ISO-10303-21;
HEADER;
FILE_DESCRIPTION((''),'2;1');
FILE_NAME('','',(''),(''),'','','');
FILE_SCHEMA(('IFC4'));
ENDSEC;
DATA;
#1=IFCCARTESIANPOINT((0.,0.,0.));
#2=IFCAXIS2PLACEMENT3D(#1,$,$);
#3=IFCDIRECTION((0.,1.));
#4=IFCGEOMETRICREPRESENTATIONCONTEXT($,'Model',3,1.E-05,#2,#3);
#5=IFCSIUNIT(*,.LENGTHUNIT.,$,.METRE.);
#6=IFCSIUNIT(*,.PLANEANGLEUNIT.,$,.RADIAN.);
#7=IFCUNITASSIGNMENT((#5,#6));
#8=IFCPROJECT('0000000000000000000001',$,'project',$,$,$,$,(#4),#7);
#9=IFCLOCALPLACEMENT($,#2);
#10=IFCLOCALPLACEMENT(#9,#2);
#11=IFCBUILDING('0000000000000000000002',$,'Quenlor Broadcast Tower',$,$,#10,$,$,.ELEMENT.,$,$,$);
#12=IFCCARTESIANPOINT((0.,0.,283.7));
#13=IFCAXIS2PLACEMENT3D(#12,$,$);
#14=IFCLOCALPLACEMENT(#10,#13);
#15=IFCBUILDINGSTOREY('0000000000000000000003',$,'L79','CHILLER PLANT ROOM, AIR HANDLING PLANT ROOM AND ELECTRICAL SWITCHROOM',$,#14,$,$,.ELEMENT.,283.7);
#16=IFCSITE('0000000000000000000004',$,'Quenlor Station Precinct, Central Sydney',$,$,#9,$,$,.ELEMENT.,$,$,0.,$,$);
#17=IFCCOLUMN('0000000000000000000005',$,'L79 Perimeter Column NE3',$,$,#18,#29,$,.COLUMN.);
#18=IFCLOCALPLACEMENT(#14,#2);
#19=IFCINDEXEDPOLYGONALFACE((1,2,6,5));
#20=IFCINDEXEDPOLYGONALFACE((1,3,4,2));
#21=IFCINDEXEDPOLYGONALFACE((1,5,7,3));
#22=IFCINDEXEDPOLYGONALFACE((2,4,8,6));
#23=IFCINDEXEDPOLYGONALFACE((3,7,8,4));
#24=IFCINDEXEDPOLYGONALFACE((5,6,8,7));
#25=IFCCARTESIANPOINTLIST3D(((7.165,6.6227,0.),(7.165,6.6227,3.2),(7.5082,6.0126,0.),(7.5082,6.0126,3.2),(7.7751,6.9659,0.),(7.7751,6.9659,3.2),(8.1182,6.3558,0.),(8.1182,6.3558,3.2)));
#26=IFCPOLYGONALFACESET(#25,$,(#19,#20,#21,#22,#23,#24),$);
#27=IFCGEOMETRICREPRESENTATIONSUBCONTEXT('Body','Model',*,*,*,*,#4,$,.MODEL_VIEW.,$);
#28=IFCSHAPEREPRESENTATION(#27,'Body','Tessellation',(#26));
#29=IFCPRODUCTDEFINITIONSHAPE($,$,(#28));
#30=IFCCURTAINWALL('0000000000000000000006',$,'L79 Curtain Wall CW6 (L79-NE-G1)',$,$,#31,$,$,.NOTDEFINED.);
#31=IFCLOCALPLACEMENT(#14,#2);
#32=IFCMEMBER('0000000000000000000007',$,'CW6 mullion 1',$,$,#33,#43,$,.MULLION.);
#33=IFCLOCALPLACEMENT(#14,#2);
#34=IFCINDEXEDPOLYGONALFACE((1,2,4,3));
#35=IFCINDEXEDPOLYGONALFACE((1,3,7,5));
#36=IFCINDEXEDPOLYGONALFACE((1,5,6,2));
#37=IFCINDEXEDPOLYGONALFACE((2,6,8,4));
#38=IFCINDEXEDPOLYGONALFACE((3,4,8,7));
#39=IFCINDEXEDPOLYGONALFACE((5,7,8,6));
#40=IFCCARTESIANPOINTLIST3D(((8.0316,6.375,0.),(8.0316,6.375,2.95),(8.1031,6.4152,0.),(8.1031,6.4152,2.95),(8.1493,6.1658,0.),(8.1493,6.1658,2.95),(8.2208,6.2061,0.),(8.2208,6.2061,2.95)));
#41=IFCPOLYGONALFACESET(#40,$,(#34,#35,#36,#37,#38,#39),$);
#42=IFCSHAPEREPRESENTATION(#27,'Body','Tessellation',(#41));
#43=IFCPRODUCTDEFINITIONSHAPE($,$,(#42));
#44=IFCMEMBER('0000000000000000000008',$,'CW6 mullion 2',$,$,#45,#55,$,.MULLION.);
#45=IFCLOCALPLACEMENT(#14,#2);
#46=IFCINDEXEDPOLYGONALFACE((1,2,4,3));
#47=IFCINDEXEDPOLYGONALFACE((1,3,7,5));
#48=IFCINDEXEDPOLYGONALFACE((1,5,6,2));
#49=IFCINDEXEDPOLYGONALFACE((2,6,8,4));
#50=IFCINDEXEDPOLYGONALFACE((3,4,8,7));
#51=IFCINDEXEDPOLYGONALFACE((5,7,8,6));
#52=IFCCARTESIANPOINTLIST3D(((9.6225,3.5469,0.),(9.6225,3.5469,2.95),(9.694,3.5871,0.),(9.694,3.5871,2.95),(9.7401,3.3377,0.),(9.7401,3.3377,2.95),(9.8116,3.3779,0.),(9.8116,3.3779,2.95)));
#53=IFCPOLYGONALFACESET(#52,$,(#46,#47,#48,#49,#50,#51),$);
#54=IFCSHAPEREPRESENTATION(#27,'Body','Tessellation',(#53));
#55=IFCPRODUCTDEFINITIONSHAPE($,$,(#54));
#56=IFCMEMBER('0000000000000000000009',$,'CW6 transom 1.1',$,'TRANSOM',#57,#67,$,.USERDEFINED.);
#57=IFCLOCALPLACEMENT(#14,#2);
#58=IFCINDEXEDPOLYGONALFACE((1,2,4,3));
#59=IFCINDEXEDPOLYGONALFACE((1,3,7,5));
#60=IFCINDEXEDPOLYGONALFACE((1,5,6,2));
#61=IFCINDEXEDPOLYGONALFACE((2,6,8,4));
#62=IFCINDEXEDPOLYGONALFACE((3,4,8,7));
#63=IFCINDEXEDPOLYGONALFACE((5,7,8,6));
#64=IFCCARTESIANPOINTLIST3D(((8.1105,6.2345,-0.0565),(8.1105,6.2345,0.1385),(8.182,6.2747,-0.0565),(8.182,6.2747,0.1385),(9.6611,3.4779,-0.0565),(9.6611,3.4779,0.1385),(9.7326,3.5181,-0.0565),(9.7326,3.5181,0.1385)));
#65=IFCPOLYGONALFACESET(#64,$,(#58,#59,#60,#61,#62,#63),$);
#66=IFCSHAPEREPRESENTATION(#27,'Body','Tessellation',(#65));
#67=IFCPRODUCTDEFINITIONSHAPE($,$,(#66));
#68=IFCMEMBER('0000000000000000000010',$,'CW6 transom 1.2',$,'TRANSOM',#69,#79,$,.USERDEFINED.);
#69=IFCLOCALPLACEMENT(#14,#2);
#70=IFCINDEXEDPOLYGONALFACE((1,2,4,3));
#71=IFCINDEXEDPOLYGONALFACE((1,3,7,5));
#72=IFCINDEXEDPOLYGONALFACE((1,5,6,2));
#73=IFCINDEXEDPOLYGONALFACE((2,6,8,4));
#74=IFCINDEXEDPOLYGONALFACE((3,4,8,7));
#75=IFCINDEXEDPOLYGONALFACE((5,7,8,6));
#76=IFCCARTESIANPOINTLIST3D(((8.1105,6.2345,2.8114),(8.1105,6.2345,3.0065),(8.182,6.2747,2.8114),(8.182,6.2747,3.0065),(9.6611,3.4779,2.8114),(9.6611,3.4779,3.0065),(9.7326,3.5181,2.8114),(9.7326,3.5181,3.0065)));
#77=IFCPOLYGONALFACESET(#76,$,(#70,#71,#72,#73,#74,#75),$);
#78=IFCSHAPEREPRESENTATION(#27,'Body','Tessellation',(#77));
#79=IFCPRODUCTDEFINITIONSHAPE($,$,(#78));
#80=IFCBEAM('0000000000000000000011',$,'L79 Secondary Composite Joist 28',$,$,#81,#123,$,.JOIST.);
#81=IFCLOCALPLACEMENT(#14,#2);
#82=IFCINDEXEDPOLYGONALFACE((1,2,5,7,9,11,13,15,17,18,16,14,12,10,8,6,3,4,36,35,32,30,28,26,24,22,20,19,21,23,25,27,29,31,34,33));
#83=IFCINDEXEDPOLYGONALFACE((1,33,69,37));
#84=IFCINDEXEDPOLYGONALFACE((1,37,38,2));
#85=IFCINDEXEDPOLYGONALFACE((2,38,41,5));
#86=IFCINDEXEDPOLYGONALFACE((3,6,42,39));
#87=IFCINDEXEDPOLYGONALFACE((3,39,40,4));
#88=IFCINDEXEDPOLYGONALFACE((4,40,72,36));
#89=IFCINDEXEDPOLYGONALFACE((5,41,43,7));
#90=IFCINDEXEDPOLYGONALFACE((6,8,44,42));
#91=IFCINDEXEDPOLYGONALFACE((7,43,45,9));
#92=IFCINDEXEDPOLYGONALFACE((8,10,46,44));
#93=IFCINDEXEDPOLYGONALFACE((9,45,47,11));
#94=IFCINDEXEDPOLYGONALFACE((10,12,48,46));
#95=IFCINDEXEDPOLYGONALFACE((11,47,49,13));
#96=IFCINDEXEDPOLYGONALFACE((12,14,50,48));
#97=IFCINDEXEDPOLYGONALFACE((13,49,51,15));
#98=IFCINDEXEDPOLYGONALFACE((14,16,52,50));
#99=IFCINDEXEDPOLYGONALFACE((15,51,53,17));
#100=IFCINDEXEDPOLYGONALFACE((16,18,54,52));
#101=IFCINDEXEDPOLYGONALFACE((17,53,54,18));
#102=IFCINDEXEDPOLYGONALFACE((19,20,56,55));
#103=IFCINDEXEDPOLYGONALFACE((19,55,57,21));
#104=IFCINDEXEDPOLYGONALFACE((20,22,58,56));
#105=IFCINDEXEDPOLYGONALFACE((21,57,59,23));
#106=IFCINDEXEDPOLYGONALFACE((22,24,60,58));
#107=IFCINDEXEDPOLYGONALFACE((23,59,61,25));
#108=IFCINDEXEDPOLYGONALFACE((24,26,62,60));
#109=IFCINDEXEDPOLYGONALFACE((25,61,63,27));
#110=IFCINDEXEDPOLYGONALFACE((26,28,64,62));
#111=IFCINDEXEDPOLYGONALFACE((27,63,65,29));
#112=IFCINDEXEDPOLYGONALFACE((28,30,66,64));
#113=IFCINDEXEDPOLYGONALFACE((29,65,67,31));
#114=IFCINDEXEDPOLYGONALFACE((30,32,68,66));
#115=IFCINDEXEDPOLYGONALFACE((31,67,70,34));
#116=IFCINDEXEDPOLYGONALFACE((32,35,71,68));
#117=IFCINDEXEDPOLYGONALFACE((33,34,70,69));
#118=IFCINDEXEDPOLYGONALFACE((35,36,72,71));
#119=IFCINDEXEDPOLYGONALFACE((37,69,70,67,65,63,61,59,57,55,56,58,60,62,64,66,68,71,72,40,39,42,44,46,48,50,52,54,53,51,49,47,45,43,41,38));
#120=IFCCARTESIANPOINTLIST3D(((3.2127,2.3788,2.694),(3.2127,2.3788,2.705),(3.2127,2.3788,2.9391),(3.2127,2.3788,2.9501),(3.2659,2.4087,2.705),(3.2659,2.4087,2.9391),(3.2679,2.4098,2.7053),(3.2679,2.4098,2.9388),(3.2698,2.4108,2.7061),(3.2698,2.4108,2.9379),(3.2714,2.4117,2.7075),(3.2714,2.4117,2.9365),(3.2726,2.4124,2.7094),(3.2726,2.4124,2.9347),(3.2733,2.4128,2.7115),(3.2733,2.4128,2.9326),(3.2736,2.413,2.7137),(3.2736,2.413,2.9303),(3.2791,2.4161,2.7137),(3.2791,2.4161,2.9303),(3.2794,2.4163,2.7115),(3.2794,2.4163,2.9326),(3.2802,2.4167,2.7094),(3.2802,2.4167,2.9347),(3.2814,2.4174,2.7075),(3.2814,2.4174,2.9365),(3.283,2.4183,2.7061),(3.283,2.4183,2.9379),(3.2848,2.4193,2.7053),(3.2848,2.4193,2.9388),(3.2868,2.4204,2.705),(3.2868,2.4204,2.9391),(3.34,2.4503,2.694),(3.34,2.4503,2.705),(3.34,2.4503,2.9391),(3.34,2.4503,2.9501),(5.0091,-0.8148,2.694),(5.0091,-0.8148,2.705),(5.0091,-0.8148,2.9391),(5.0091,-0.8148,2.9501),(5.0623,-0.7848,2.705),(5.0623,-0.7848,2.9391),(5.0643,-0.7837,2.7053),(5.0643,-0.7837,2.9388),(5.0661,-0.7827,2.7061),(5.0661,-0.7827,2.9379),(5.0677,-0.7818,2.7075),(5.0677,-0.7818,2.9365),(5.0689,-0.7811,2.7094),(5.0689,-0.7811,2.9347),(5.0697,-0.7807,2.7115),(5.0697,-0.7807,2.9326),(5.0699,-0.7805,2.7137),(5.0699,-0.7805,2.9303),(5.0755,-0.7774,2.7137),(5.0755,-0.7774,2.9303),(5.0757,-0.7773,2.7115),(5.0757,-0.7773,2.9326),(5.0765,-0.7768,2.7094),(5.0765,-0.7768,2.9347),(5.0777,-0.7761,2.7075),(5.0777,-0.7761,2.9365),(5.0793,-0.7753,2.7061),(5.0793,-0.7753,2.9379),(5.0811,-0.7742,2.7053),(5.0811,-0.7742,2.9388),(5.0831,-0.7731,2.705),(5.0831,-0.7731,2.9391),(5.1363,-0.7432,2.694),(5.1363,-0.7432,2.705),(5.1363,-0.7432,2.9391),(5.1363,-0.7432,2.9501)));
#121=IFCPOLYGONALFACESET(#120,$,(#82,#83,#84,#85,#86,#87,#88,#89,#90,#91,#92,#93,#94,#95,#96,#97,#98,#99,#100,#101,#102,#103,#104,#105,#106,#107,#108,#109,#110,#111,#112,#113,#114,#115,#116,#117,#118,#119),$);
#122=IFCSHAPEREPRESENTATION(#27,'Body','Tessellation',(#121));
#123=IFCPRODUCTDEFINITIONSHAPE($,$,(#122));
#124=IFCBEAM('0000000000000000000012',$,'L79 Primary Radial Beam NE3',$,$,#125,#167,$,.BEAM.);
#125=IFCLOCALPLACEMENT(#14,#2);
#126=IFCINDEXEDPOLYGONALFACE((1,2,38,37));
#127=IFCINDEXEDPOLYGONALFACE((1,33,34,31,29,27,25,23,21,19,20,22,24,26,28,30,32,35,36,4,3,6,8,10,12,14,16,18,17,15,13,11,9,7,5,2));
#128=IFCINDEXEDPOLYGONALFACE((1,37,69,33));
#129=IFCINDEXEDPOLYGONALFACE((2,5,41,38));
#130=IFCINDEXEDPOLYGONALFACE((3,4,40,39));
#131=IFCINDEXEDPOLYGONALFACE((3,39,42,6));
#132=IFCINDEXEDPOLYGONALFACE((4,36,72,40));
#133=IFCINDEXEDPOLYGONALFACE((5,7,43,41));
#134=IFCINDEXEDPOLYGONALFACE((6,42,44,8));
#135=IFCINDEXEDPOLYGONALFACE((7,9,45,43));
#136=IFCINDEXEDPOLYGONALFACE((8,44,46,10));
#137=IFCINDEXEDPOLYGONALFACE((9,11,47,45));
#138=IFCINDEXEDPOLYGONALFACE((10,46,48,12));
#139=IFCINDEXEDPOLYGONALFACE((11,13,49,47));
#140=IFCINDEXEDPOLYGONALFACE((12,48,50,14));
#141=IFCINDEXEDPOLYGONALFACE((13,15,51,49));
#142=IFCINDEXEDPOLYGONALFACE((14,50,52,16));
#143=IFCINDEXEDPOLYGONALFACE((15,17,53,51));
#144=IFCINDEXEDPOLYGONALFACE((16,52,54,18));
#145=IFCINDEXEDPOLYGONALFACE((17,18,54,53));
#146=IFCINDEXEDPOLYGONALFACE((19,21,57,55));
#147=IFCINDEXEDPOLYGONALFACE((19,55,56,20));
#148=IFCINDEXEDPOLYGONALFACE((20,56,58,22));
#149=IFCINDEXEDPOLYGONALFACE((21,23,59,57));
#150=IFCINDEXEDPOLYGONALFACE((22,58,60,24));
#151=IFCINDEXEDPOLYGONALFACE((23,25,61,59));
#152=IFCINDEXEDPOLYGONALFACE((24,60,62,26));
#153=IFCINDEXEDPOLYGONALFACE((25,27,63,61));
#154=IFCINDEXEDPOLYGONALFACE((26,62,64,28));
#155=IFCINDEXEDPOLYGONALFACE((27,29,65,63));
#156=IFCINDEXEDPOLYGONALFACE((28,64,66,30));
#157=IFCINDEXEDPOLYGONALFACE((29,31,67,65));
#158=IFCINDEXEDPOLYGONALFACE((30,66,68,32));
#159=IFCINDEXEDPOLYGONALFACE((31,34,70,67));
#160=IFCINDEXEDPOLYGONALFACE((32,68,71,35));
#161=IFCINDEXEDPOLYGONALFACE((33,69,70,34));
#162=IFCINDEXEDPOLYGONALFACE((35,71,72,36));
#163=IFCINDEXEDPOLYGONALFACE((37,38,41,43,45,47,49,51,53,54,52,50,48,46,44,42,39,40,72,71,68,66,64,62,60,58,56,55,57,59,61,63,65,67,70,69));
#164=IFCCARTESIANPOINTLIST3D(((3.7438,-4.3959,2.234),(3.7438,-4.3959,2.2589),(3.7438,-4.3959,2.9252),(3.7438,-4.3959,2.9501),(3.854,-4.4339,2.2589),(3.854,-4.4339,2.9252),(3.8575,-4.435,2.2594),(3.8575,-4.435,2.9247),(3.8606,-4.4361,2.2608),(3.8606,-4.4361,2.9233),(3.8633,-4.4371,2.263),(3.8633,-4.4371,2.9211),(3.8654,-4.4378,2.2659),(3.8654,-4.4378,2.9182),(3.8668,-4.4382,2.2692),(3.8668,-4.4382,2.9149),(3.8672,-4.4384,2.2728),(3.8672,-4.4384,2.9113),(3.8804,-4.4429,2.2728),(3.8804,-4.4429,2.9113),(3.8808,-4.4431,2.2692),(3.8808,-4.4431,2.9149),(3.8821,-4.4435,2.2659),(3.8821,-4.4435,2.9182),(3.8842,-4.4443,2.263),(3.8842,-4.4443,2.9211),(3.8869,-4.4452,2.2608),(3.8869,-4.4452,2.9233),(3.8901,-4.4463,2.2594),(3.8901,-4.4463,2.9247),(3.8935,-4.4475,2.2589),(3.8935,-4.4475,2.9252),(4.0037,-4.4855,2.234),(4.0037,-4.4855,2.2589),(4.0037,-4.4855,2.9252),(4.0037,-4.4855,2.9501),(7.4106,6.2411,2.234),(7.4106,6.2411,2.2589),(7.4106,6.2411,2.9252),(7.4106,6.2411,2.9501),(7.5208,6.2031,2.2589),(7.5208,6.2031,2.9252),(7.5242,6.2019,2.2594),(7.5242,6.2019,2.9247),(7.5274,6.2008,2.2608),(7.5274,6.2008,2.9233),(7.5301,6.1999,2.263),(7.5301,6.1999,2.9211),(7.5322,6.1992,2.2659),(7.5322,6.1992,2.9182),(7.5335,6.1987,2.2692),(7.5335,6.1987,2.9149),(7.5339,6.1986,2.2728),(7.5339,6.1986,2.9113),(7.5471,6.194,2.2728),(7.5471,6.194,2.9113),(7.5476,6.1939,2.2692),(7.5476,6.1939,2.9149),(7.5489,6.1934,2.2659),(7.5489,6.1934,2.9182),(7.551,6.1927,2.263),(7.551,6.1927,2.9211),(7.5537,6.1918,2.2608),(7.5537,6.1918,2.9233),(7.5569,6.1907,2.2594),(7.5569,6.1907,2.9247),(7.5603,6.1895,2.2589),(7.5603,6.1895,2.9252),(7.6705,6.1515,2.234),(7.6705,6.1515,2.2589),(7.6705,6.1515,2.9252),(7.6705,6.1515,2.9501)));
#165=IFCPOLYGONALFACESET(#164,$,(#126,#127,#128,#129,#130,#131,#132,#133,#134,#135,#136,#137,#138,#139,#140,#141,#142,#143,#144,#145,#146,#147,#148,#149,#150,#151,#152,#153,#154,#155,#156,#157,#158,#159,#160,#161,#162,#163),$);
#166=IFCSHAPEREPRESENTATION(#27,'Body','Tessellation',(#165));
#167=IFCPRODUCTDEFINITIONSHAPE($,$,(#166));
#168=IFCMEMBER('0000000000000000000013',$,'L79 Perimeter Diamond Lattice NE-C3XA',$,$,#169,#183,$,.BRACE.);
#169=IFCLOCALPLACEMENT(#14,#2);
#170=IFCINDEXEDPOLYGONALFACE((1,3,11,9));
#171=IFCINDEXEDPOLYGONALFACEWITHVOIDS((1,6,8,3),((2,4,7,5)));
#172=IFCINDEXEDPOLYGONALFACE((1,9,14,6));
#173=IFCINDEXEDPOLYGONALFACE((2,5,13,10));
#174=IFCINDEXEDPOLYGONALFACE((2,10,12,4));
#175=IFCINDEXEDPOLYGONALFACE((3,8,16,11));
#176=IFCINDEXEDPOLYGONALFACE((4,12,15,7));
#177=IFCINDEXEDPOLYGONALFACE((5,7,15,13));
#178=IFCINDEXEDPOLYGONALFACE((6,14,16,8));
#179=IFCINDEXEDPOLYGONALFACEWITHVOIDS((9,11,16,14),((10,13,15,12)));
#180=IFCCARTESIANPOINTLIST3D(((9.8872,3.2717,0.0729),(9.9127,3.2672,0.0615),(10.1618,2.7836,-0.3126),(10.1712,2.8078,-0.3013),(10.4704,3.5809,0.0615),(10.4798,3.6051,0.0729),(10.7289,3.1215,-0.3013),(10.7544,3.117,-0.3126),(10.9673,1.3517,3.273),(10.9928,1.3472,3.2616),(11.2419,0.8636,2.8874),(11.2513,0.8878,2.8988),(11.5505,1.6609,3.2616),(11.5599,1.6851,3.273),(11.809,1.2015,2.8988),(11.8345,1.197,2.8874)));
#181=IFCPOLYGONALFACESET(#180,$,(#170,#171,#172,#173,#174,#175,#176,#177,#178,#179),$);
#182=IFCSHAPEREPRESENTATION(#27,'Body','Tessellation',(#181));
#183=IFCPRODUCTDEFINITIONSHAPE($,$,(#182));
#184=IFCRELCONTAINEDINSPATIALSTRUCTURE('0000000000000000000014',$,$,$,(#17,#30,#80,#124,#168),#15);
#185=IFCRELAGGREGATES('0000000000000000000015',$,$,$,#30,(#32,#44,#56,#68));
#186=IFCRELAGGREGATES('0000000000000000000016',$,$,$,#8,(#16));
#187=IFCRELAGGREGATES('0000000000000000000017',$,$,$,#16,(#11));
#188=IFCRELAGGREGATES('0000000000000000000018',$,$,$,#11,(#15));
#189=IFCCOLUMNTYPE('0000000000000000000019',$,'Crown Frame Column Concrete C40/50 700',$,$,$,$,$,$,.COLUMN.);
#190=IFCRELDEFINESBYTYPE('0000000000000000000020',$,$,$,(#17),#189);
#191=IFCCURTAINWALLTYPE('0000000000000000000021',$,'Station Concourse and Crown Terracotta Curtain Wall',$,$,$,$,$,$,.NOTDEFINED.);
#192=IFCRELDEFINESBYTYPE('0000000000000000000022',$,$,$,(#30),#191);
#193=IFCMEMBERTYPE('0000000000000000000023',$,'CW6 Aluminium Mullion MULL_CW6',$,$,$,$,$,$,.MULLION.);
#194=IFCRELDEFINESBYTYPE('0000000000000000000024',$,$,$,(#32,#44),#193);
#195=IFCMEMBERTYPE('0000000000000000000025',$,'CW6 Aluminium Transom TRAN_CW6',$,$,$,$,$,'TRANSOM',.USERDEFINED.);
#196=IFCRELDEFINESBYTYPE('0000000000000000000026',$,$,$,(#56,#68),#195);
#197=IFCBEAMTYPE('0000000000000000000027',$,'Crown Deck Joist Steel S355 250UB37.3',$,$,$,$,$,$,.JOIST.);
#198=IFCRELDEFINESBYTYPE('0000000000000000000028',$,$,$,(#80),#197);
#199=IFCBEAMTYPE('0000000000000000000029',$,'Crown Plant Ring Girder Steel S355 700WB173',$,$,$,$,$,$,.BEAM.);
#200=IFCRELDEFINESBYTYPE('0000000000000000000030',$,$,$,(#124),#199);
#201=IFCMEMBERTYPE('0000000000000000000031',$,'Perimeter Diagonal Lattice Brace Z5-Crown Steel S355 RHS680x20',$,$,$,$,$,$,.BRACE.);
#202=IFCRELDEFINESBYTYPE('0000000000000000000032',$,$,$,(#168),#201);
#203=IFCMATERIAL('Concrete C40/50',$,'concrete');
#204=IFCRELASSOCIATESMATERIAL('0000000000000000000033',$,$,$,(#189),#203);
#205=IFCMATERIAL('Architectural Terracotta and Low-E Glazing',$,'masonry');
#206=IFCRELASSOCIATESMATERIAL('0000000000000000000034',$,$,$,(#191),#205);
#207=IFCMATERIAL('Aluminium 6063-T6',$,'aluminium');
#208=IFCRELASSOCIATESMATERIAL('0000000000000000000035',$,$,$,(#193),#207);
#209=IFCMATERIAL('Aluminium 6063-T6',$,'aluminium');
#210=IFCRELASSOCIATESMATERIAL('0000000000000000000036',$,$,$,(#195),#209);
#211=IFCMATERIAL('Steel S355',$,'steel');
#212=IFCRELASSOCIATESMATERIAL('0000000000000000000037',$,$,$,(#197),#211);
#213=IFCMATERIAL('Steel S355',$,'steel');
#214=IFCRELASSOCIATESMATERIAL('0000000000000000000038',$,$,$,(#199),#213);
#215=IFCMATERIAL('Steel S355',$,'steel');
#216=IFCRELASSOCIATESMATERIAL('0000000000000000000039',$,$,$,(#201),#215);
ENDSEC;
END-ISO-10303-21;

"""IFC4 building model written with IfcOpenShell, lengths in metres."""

from ifc_helpers import new_model, si_unit, direction, frame, origin, origin_2d, place, context, subcontext, project, spatial, rectangle, hollow_rectangle, i_section, extrude, material, material_profile, profile_set, type_object, element, aggregate, save


model = new_model("IFC4")

# Units and contexts
model_context = context("Model", 3, precision=1e-05, world=origin(), true_north=direction((0.0, 1.0)))
body_context = subcontext(model_context, "Body", "Model", "MODEL_VIEW")
ifc_project = project(units=[si_unit("LENGTHUNIT", "METRE"), si_unit("PLANEANGLEUNIT", "RADIAN")], contexts=[model_context])

# Site, building, storey
site_placement = place(None, origin())
site = spatial("IfcSite", under=ifc_project, at=site_placement, Name="Quenlor Station Precinct, Central Sydney", CompositionType="ELEMENT", RefElevation=0.0)
building_placement = place(site_placement, origin())
building = spatial("IfcBuilding", under=site, at=building_placement, Name="Quenlor Broadcast Tower", CompositionType="ELEMENT")
storey_placement = place(building_placement, frame((0.0, 0.0, 283.7)))
storey = spatial("IfcBuildingStorey", under=building, at=storey_placement, Name="L79", Description="CHILLER PLANT ROOM, AIR HANDLING PLANT ROOM AND ELECTRICAL SWITCHROOM", CompositionType="ELEMENT", Elevation=283.7)

# Column
ifc_material_1 = material(Name="Concrete C40/50", Category="concrete")
ifc_material_profile_1 = material_profile(ifc_material_1, rectangle(XDim=0.7, YDim=0.7, at=origin_2d()))
ifc_profile_set_1 = profile_set([ifc_material_profile_1], Name="Concrete C40/50 RC700x700")
column_type = type_object("IfcColumnType", Name="Crown Frame Column Concrete C40/50 700", PredefinedType="COLUMN", material=ifc_profile_set_1)
column_placement = place(storey_placement, frame((7.6416, 6.4893, 0.0), z_axis=(0.0, 0.0, 1.0), x_axis=(0.871575, 0.490262, 0.0)))
element("IfcColumn", 1, at=column_placement, inside=storey, type_object=column_type, Name="L79 Perimeter Column NE3", PredefinedType="COLUMN", context=body_context, shape_type="SweptSolid", body=[
    extrude(rectangle(XDim=0.7, YDim=0.7, at=origin_2d()), origin(), (0.0, 0.0, 1.0), 3.2),
])

# Curtain wall, members
ifc_material_2 = material(Name="Architectural Terracotta and Low-E Glazing", Category="masonry")
curtain_wall_type = type_object("IfcCurtainWallType", Name="Station Concourse and Crown Terracotta Curtain Wall", PredefinedType="NOTDEFINED", material=ifc_material_2)
curtain_wall_placement = place(storey_placement, origin())
curtain_wall = element("IfcCurtainWall", 2, at=curtain_wall_placement, inside=storey, type_object=curtain_wall_type, Name="L79 Curtain Wall CW6 (L79-NE-G1)", PredefinedType="NOTDEFINED")
ifc_material_3 = material(Name="Aluminium 6063-T6", Category="aluminium")
ifc_material_profile_2 = material_profile(ifc_material_3, rectangle(XDim=0.082, YDim=0.24, at=origin_2d()))
ifc_profile_set_2 = profile_set([ifc_material_profile_2], Name="Aluminium 6063-T6 MULL82x240")
member_type_1 = type_object("IfcMemberType", Name="CW6 Aluminium Mullion MULL_CW6", PredefinedType="MULLION", material=ifc_profile_set_2)
member_1_placement = place(storey_placement, frame((8.1262, 6.2905, 0.0), z_axis=(0.0, 0.0, 1.0), x_axis=(0.871572, 0.490268, 0.0)))
member_1 = element("IfcMember", 3, at=member_1_placement, type_object=member_type_1, Name="CW6 mullion 1", PredefinedType="MULLION", context=body_context, shape_type="SweptSolid", body=[
    extrude(rectangle(XDim=0.082, YDim=0.24, at=origin_2d()), origin(), (0.0, 0.0, 1.0), 2.95),
])
member_2_placement = place(storey_placement, frame((9.717, 3.4624, 0.0), z_axis=(0.0, 0.0, 1.0), x_axis=(0.871572, 0.490268, 0.0)))
member_2 = element("IfcMember", 4, at=member_2_placement, type_object=member_type_1, Name="CW6 mullion 2", PredefinedType="MULLION", context=body_context, shape_type="SweptSolid", body=[
    extrude(rectangle(XDim=0.082, YDim=0.24, at=origin_2d()), origin(), (0.0, 0.0, 1.0), 2.95),
])
ifc_material_4 = material(Name="Aluminium 6063-T6", Category="aluminium")
ifc_material_profile_3 = material_profile(ifc_material_4, rectangle(XDim=0.082, YDim=0.1951, at=origin_2d()))
ifc_profile_set_3 = profile_set([ifc_material_profile_3], Name="Aluminium 6063-T6 TRAN82x195")
member_type_2 = type_object("IfcMemberType", Name="CW6 Aluminium Transom TRAN_CW6", ElementType="TRANSOM", PredefinedType="USERDEFINED", material=ifc_profile_set_3)
member_3_placement = place(storey_placement, frame((8.1462, 6.2546, 0.041), z_axis=(0.49025, -0.871582, 0.0), x_axis=(0.871582, 0.49025, 0.0)))
member_3 = element("IfcMember", 5, at=member_3_placement, type_object=member_type_2, Name="CW6 transom 1.1", ObjectType="TRANSOM", PredefinedType="USERDEFINED", context=body_context, shape_type="SweptSolid", body=[
    extrude(rectangle(XDim=0.082, YDim=0.1951, at=origin_2d()), origin(), (0.0, 0.0, 1.0), 3.1628),
])
member_4_placement = place(storey_placement, frame((8.1462, 6.2546, 2.9089), z_axis=(0.49025, -0.871582, 0.0), x_axis=(0.871582, 0.49025, 0.0)))
member_4 = element("IfcMember", 6, at=member_4_placement, type_object=member_type_2, Name="CW6 transom 1.2", ObjectType="TRANSOM", PredefinedType="USERDEFINED", context=body_context, shape_type="SweptSolid", body=[
    extrude(rectangle(XDim=0.082, YDim=0.1951, at=origin_2d()), origin(), (0.0, 0.0, 1.0), 3.1628),
])

# Beams
ifc_material_5 = material(Name="Steel S355", Category="steel")
ifc_material_profile_4 = material_profile(ifc_material_5, i_section(OverallWidth=0.146, OverallDepth=0.2561, WebThickness=0.0063, FlangeThickness=0.011, FilletRadius=0.0088, at=origin_2d()))
ifc_profile_set_4 = profile_set([ifc_material_profile_4], Name="Steel S355 250UB37.3")
beam_type_1 = type_object("IfcBeamType", Name="Crown Deck Joist Steel S355 250UB37.3", PredefinedType="JOIST", material=ifc_profile_set_4)
beam_1_placement = place(storey_placement, frame((3.2764, 2.4146, 2.822), z_axis=(0.490258, -0.871577, 0.0), x_axis=(0.871577, 0.490258, 0.0)))
element("IfcBeam", 7, at=beam_1_placement, inside=storey, type_object=beam_type_1, Name="L79 Secondary Composite Joist 28", PredefinedType="JOIST", context=body_context, shape_type="SweptSolid", body=[
    extrude(i_section(OverallWidth=0.146, OverallDepth=0.2561, WebThickness=0.0063, FlangeThickness=0.011, FilletRadius=0.0088, at=origin_2d()), origin(), (0.0, 0.0, 1.0), 3.6641),
])
ifc_material_6 = material(Name="Steel S355", Category="steel")
ifc_material_profile_5 = material_profile(ifc_material_6, i_section(OverallWidth=0.2749, OverallDepth=0.7161, WebThickness=0.0139, FlangeThickness=0.0249, FilletRadius=0.0139, at=origin_2d()))
ifc_profile_set_5 = profile_set([ifc_material_profile_5], Name="Steel S355 700WB173")
beam_type_2 = type_object("IfcBeamType", Name="Crown Plant Ring Girder Steel S355 700WB173", PredefinedType="BEAM", material=ifc_profile_set_5)
beam_2_placement = place(storey_placement, frame((7.5405, 6.1963, 2.592), z_axis=(-0.325898, -0.945405, 0.0), x_axis=(0.945405, -0.325898, 0.0)))
element("IfcBeam", 8, at=beam_2_placement, inside=storey, type_object=beam_type_2, Name="L79 Primary Radial Beam NE3", PredefinedType="BEAM", context=body_context, shape_type="SweptSolid", body=[
    extrude(i_section(OverallWidth=0.2749, OverallDepth=0.7161, WebThickness=0.0139, FlangeThickness=0.0249, FilletRadius=0.0139, at=origin_2d()), origin(), (0.0, 0.0, 1.0), 11.2512),
])

# Member
ifc_material_7 = material(Name="Steel S355", Category="steel")
ifc_material_profile_6 = material_profile(ifc_material_7, hollow_rectangle(XDim=0.6799, YDim=0.6799, WallThickness=0.02, at=origin_2d()))
ifc_profile_set_6 = profile_set([ifc_material_profile_6], Name="Steel S355 RHS680x680x20")
member_type_3 = type_object("IfcMemberType", Name="Perimeter Diagonal Lattice Brace Z5-Crown Steel S355 RHS680x20", PredefinedType="BRACE", material=ifc_profile_set_6)
member_5_placement = place(storey_placement, frame((10.3208, 3.1943, -0.1199), z_axis=(0.27802, -0.494203, 0.823692), x_axis=(0.871552, 0.490303, 0.0)))
element("IfcMember", 9, at=member_5_placement, inside=storey, type_object=member_type_3, Name="L79 Perimeter Diamond Lattice NE-C3XA", PredefinedType="BRACE", context=body_context, shape_type="SweptSolid", body=[
    extrude(hollow_rectangle(XDim=0.6799, YDim=0.6799, WallThickness=0.02, at=origin_2d()), origin(), (0.0, 0.0, 1.0), 3.885),
])

aggregate(curtain_wall, [member_1, member_2, member_3, member_4])

save(model, "model.ifc")
